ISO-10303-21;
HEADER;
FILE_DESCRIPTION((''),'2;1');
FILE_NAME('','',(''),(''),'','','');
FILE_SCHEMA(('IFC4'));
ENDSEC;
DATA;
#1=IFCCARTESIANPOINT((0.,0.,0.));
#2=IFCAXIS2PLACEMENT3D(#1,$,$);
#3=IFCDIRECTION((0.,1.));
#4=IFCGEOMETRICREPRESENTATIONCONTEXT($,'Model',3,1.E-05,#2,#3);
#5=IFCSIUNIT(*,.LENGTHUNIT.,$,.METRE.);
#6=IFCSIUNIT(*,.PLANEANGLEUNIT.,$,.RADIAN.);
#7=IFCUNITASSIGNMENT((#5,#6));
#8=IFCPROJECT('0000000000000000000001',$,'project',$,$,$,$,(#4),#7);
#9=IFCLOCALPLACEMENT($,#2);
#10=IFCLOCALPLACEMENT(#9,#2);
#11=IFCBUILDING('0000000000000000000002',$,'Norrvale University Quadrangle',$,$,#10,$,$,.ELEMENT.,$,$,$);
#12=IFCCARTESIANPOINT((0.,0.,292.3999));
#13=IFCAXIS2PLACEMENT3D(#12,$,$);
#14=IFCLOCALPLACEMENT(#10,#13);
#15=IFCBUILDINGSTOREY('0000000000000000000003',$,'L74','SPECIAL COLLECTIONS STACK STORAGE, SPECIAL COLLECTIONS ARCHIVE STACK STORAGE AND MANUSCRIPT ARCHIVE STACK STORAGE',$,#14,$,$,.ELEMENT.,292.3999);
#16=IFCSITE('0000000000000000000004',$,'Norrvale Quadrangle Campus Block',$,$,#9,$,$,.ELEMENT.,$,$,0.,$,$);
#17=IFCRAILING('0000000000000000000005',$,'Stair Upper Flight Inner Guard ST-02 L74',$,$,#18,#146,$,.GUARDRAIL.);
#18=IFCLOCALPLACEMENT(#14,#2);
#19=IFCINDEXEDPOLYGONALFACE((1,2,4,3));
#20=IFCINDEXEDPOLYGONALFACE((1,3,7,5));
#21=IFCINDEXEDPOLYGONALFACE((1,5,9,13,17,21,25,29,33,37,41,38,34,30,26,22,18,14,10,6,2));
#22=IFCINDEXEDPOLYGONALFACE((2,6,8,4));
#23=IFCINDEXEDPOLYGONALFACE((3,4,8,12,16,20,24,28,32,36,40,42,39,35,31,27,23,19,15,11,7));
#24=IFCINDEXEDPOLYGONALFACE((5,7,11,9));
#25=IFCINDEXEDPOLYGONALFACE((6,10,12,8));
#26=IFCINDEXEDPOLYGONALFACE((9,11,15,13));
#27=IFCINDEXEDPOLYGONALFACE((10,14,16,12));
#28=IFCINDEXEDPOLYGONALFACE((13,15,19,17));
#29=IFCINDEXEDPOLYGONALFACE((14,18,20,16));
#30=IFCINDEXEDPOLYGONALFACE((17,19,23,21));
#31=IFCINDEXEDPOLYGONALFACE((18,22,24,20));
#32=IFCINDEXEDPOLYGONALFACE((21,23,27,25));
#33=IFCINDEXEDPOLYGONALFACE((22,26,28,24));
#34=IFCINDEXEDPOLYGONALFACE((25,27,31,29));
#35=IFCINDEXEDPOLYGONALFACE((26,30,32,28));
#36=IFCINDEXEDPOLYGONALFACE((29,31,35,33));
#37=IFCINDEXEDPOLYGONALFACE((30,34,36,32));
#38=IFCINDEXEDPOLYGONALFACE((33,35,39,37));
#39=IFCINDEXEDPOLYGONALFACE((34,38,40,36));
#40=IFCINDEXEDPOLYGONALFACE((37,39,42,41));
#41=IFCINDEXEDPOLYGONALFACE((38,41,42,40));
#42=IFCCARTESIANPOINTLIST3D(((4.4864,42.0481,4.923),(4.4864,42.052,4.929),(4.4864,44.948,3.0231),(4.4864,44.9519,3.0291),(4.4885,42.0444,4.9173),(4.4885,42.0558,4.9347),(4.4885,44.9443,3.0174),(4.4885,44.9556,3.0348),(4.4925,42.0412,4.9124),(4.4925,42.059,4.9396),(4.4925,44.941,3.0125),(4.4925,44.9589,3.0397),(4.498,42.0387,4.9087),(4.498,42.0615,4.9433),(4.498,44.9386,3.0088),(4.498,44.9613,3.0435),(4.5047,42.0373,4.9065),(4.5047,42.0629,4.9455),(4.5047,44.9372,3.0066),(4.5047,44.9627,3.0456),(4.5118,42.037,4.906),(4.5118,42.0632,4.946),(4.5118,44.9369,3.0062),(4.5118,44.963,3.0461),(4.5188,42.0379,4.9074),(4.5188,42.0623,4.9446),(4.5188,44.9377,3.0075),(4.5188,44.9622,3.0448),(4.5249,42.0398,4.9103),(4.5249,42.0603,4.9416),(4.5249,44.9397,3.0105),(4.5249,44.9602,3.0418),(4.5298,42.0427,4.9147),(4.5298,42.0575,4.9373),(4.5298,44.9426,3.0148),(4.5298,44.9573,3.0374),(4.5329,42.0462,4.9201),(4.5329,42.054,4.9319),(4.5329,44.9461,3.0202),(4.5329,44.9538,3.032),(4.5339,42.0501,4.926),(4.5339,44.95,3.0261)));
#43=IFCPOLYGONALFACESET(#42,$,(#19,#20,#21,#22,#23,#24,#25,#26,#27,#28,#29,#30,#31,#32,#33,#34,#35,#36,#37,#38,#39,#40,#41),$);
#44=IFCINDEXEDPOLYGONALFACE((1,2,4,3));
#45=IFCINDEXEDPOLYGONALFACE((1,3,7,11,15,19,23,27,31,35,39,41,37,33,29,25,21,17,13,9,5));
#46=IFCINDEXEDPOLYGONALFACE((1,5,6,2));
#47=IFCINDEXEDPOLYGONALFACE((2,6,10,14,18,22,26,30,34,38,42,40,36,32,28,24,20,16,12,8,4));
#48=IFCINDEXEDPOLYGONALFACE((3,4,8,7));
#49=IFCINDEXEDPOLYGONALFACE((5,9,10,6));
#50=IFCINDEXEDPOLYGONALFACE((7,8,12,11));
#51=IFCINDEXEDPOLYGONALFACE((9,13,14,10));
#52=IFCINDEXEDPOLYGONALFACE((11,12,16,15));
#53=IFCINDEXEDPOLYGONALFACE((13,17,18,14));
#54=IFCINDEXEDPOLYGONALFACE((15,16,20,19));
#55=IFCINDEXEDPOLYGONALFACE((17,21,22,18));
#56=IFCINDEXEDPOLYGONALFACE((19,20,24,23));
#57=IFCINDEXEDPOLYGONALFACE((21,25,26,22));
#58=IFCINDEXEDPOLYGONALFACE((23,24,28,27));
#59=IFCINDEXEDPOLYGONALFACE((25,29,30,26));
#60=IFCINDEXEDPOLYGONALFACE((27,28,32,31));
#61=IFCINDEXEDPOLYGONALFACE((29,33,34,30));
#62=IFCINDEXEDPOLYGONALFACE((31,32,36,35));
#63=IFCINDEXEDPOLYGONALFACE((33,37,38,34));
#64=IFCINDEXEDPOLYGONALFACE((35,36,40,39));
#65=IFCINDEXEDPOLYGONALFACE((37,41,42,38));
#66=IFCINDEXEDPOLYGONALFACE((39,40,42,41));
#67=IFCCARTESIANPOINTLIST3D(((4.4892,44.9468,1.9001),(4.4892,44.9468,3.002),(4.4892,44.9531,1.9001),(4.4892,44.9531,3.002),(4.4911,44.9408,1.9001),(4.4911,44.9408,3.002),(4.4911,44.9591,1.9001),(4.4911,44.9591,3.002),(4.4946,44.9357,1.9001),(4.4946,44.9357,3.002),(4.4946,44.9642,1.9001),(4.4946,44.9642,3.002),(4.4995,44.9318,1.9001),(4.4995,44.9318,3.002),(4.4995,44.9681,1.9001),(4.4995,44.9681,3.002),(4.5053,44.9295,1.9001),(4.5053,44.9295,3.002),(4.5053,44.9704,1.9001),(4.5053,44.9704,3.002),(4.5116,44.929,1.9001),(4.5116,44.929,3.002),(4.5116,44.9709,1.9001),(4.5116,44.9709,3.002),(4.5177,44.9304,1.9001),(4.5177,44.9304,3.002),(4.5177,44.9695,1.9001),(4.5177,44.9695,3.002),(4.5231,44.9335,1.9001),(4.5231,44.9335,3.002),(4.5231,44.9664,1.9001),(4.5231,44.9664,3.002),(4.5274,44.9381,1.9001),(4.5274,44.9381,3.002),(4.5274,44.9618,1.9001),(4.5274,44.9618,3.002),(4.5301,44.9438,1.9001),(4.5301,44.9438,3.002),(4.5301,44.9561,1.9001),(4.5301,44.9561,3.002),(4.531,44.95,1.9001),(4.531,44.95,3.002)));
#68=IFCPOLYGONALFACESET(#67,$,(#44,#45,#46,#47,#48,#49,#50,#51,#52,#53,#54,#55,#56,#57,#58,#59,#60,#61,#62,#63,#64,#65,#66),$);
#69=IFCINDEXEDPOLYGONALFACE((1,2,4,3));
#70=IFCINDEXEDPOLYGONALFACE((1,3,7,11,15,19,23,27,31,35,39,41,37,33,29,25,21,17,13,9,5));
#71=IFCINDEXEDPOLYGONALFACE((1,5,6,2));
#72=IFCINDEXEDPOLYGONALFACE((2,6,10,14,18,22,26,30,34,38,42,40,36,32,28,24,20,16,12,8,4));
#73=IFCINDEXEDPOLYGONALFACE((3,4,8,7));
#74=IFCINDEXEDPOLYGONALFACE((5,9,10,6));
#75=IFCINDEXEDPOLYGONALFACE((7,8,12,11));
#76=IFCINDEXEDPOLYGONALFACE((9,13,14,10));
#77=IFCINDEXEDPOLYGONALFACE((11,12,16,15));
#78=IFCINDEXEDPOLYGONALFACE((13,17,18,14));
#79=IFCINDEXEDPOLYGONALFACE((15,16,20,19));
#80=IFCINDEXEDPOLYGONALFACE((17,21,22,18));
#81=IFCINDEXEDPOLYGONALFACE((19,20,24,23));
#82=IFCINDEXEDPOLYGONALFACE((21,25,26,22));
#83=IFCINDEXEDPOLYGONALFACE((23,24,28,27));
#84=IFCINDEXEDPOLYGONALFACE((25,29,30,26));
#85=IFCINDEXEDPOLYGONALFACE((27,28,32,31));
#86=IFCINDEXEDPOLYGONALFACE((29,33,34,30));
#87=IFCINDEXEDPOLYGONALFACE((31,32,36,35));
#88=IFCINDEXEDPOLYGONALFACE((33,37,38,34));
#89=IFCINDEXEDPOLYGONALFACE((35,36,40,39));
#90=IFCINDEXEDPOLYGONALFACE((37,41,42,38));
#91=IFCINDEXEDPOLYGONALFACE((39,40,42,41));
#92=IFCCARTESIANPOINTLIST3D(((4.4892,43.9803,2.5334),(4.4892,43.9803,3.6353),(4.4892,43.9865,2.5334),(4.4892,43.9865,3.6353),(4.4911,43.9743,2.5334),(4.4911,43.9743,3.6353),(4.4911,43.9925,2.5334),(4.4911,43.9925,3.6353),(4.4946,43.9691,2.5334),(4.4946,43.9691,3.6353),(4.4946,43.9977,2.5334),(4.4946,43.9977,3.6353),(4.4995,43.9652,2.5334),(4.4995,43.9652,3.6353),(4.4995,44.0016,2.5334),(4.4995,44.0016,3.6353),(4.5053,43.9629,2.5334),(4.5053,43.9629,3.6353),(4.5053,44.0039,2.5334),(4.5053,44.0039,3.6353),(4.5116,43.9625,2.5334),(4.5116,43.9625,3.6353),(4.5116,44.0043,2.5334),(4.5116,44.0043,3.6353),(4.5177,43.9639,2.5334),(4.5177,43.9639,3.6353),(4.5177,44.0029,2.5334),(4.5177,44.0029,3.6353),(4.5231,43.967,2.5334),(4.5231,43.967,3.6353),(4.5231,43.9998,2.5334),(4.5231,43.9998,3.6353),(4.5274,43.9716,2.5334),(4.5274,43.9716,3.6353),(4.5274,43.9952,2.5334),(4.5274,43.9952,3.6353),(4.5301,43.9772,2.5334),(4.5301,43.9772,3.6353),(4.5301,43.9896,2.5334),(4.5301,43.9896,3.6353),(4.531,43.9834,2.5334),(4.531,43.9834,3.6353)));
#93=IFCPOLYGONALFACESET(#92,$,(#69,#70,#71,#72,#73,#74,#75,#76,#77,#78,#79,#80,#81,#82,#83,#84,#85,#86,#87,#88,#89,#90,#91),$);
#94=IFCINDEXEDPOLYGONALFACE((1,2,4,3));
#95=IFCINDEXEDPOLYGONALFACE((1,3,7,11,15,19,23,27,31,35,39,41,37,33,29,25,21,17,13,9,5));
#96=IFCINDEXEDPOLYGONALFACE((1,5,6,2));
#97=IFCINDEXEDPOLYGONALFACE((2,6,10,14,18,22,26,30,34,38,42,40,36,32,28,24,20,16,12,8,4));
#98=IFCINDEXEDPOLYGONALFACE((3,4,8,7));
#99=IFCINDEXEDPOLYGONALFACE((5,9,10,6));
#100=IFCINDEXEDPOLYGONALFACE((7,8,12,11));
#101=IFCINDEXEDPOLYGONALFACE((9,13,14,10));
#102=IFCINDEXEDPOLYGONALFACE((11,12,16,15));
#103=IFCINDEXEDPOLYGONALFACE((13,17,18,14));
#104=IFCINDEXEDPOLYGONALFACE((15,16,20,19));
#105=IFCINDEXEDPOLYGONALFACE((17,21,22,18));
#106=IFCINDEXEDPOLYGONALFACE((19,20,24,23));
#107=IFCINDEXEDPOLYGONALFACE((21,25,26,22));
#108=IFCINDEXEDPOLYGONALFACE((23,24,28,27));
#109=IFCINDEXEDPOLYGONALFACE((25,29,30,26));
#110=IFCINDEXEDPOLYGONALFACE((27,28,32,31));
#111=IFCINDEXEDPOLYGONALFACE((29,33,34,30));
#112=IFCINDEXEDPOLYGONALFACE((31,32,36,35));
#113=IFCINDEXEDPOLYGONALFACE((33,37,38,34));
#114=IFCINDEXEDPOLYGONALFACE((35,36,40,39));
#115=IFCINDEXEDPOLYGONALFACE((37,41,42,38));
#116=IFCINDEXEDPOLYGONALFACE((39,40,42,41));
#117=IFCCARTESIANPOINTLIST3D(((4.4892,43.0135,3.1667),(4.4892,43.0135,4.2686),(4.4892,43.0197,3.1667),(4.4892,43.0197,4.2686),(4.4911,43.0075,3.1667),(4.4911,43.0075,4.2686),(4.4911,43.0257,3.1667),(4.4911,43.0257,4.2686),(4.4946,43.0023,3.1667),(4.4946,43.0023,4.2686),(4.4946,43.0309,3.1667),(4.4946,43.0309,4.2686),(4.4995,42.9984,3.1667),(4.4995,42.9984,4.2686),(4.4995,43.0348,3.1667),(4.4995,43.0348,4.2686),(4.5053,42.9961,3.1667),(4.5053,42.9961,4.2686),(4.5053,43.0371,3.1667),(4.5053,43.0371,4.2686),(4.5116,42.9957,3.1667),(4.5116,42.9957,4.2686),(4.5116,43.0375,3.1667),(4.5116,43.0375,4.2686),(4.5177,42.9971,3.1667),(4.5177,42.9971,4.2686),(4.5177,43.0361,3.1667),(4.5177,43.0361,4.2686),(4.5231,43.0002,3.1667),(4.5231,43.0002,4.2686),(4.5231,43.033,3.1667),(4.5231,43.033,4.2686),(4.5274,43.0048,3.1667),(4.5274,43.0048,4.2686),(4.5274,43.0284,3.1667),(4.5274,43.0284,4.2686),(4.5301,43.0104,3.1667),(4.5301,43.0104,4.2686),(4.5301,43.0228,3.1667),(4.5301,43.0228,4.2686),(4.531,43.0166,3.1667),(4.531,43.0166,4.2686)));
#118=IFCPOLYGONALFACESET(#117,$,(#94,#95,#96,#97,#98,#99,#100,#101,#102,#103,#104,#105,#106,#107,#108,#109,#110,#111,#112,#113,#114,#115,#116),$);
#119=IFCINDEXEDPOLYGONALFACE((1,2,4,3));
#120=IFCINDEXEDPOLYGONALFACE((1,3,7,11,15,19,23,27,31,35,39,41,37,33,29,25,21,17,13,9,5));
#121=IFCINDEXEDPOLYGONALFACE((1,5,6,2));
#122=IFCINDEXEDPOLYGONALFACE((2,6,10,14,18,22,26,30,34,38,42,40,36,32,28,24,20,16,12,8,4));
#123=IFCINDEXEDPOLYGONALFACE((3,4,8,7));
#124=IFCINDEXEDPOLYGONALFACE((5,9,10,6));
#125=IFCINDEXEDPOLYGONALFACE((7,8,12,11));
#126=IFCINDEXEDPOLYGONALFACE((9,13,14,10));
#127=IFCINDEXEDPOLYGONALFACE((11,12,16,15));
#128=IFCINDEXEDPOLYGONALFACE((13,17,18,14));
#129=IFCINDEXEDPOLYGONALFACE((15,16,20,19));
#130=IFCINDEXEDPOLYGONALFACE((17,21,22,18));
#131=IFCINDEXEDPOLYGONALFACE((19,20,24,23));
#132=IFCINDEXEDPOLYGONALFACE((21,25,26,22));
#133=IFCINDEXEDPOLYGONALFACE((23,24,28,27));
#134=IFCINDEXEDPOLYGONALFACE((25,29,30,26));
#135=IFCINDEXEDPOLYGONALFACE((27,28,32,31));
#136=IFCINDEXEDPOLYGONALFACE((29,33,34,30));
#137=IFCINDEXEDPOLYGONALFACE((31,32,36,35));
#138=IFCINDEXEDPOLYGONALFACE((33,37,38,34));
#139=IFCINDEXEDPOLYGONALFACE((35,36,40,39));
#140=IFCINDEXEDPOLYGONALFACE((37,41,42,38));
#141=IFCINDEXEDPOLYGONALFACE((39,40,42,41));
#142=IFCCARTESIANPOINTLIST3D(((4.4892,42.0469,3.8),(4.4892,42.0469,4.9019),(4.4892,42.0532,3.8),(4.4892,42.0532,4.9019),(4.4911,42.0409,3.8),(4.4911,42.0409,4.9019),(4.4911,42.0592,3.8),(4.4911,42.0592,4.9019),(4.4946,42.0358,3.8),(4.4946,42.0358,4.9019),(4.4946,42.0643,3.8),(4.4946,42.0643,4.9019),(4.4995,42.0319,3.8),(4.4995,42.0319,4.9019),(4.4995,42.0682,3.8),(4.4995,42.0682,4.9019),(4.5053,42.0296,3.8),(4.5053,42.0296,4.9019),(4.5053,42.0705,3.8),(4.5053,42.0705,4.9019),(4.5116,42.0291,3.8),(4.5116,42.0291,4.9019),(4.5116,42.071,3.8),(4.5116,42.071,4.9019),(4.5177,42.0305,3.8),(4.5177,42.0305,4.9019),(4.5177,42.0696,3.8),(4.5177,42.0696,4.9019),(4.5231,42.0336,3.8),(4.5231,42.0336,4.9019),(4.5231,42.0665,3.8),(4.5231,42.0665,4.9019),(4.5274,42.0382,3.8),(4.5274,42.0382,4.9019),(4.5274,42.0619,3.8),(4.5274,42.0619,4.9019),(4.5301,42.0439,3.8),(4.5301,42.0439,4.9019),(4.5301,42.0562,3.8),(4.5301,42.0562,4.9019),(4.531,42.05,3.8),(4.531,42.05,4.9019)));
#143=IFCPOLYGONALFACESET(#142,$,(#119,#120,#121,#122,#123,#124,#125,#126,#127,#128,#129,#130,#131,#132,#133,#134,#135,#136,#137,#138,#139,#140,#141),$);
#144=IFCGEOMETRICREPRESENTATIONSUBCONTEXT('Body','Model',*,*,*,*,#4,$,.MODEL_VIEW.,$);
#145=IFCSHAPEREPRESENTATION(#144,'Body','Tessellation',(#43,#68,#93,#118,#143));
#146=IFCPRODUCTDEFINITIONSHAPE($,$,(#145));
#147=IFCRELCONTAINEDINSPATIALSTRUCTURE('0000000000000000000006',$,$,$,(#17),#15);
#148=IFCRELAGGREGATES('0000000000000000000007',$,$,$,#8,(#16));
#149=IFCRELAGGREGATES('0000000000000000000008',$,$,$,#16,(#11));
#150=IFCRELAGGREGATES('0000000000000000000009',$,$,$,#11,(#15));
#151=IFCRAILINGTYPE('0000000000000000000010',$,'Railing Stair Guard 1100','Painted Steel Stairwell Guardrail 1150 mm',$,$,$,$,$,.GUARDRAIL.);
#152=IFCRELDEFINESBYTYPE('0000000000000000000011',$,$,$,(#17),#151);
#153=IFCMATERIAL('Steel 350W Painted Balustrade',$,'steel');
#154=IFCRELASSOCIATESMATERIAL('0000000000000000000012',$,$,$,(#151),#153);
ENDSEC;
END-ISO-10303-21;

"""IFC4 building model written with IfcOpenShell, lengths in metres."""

from ifc_helpers import new_model, si_unit, direction, frame, origin, origin_2d, place, context, subcontext, project, spatial, circle, extrude, material, type_object, element, save


model = new_model("IFC4")

# Units and contexts
model_context = context("Model", 3, precision=1e-05, world=origin(), true_north=direction((0.0, 1.0)))
body_context = subcontext(model_context, "Body", "Model", "MODEL_VIEW")
ifc_project = project(units=[si_unit("LENGTHUNIT", "METRE"), si_unit("PLANEANGLEUNIT", "RADIAN")], contexts=[model_context])

# Site, building, storey
site_placement = place(None, origin())
site = spatial("IfcSite", under=ifc_project, at=site_placement, Name="Norrvale Quadrangle Campus Block", CompositionType="ELEMENT", RefElevation=0.0)
building_placement = place(site_placement, origin())
building = spatial("IfcBuilding", under=site, at=building_placement, Name="Norrvale University Quadrangle", CompositionType="ELEMENT")
storey_placement = place(building_placement, frame((0.0, 0.0, 292.3999)))
storey = spatial("IfcBuildingStorey", under=building, at=storey_placement, Name="L74", Description="SPECIAL COLLECTIONS STACK STORAGE, SPECIAL COLLECTIONS ARCHIVE STACK STORAGE AND MANUSCRIPT ARCHIVE STACK STORAGE", CompositionType="ELEMENT", Elevation=292.3999)

# Railing
ifc_material_1 = material(Name="Steel 350W Painted Balustrade", Category="steel")
railing_type_1 = type_object("IfcRailingType", Name="Railing Stair Guard 1100", Description="Painted Steel Stairwell Guardrail 1150 mm", PredefinedType="GUARDRAIL", material=ifc_material_1)
railing_1_placement = place(storey_placement, frame((4.51, 44.95, 1.9001)))
element("IfcRailing", 1, at=railing_1_placement, inside=storey, type_object=railing_type_1, Name="Stair Upper Flight Inner Guard ST-02 L74", PredefinedType="GUARDRAIL", context=body_context, shape_type="SweptSolid", body=[
    extrude(circle(Radius=0.0239, at=origin_2d()), frame((0.0, 0.0, 1.126), z_axis=(0.0, -0.836466, 0.548019), x_axis=(1.0, 0.0, 0.0)), (0.0, 0.0, 1.0), 3.4668),
    extrude(circle(Radius=0.021, at=origin_2d()), origin(), (0.0, 0.0, 1.0), 1.1018),
    extrude(circle(Radius=0.021, at=origin_2d()), frame((0.0, -0.9666, 0.6333)), (0.0, 0.0, 1.0), 1.1018),
    extrude(circle(Radius=0.021, at=origin_2d()), frame((0.0, -1.9333, 1.2666)), (0.0, 0.0, 1.0), 1.1018),
    extrude(circle(Radius=0.021, at=origin_2d()), frame((0.0, -2.8999, 1.8999)), (0.0, 0.0, 1.0), 1.1018),
])

save(model, "model.ifc")
